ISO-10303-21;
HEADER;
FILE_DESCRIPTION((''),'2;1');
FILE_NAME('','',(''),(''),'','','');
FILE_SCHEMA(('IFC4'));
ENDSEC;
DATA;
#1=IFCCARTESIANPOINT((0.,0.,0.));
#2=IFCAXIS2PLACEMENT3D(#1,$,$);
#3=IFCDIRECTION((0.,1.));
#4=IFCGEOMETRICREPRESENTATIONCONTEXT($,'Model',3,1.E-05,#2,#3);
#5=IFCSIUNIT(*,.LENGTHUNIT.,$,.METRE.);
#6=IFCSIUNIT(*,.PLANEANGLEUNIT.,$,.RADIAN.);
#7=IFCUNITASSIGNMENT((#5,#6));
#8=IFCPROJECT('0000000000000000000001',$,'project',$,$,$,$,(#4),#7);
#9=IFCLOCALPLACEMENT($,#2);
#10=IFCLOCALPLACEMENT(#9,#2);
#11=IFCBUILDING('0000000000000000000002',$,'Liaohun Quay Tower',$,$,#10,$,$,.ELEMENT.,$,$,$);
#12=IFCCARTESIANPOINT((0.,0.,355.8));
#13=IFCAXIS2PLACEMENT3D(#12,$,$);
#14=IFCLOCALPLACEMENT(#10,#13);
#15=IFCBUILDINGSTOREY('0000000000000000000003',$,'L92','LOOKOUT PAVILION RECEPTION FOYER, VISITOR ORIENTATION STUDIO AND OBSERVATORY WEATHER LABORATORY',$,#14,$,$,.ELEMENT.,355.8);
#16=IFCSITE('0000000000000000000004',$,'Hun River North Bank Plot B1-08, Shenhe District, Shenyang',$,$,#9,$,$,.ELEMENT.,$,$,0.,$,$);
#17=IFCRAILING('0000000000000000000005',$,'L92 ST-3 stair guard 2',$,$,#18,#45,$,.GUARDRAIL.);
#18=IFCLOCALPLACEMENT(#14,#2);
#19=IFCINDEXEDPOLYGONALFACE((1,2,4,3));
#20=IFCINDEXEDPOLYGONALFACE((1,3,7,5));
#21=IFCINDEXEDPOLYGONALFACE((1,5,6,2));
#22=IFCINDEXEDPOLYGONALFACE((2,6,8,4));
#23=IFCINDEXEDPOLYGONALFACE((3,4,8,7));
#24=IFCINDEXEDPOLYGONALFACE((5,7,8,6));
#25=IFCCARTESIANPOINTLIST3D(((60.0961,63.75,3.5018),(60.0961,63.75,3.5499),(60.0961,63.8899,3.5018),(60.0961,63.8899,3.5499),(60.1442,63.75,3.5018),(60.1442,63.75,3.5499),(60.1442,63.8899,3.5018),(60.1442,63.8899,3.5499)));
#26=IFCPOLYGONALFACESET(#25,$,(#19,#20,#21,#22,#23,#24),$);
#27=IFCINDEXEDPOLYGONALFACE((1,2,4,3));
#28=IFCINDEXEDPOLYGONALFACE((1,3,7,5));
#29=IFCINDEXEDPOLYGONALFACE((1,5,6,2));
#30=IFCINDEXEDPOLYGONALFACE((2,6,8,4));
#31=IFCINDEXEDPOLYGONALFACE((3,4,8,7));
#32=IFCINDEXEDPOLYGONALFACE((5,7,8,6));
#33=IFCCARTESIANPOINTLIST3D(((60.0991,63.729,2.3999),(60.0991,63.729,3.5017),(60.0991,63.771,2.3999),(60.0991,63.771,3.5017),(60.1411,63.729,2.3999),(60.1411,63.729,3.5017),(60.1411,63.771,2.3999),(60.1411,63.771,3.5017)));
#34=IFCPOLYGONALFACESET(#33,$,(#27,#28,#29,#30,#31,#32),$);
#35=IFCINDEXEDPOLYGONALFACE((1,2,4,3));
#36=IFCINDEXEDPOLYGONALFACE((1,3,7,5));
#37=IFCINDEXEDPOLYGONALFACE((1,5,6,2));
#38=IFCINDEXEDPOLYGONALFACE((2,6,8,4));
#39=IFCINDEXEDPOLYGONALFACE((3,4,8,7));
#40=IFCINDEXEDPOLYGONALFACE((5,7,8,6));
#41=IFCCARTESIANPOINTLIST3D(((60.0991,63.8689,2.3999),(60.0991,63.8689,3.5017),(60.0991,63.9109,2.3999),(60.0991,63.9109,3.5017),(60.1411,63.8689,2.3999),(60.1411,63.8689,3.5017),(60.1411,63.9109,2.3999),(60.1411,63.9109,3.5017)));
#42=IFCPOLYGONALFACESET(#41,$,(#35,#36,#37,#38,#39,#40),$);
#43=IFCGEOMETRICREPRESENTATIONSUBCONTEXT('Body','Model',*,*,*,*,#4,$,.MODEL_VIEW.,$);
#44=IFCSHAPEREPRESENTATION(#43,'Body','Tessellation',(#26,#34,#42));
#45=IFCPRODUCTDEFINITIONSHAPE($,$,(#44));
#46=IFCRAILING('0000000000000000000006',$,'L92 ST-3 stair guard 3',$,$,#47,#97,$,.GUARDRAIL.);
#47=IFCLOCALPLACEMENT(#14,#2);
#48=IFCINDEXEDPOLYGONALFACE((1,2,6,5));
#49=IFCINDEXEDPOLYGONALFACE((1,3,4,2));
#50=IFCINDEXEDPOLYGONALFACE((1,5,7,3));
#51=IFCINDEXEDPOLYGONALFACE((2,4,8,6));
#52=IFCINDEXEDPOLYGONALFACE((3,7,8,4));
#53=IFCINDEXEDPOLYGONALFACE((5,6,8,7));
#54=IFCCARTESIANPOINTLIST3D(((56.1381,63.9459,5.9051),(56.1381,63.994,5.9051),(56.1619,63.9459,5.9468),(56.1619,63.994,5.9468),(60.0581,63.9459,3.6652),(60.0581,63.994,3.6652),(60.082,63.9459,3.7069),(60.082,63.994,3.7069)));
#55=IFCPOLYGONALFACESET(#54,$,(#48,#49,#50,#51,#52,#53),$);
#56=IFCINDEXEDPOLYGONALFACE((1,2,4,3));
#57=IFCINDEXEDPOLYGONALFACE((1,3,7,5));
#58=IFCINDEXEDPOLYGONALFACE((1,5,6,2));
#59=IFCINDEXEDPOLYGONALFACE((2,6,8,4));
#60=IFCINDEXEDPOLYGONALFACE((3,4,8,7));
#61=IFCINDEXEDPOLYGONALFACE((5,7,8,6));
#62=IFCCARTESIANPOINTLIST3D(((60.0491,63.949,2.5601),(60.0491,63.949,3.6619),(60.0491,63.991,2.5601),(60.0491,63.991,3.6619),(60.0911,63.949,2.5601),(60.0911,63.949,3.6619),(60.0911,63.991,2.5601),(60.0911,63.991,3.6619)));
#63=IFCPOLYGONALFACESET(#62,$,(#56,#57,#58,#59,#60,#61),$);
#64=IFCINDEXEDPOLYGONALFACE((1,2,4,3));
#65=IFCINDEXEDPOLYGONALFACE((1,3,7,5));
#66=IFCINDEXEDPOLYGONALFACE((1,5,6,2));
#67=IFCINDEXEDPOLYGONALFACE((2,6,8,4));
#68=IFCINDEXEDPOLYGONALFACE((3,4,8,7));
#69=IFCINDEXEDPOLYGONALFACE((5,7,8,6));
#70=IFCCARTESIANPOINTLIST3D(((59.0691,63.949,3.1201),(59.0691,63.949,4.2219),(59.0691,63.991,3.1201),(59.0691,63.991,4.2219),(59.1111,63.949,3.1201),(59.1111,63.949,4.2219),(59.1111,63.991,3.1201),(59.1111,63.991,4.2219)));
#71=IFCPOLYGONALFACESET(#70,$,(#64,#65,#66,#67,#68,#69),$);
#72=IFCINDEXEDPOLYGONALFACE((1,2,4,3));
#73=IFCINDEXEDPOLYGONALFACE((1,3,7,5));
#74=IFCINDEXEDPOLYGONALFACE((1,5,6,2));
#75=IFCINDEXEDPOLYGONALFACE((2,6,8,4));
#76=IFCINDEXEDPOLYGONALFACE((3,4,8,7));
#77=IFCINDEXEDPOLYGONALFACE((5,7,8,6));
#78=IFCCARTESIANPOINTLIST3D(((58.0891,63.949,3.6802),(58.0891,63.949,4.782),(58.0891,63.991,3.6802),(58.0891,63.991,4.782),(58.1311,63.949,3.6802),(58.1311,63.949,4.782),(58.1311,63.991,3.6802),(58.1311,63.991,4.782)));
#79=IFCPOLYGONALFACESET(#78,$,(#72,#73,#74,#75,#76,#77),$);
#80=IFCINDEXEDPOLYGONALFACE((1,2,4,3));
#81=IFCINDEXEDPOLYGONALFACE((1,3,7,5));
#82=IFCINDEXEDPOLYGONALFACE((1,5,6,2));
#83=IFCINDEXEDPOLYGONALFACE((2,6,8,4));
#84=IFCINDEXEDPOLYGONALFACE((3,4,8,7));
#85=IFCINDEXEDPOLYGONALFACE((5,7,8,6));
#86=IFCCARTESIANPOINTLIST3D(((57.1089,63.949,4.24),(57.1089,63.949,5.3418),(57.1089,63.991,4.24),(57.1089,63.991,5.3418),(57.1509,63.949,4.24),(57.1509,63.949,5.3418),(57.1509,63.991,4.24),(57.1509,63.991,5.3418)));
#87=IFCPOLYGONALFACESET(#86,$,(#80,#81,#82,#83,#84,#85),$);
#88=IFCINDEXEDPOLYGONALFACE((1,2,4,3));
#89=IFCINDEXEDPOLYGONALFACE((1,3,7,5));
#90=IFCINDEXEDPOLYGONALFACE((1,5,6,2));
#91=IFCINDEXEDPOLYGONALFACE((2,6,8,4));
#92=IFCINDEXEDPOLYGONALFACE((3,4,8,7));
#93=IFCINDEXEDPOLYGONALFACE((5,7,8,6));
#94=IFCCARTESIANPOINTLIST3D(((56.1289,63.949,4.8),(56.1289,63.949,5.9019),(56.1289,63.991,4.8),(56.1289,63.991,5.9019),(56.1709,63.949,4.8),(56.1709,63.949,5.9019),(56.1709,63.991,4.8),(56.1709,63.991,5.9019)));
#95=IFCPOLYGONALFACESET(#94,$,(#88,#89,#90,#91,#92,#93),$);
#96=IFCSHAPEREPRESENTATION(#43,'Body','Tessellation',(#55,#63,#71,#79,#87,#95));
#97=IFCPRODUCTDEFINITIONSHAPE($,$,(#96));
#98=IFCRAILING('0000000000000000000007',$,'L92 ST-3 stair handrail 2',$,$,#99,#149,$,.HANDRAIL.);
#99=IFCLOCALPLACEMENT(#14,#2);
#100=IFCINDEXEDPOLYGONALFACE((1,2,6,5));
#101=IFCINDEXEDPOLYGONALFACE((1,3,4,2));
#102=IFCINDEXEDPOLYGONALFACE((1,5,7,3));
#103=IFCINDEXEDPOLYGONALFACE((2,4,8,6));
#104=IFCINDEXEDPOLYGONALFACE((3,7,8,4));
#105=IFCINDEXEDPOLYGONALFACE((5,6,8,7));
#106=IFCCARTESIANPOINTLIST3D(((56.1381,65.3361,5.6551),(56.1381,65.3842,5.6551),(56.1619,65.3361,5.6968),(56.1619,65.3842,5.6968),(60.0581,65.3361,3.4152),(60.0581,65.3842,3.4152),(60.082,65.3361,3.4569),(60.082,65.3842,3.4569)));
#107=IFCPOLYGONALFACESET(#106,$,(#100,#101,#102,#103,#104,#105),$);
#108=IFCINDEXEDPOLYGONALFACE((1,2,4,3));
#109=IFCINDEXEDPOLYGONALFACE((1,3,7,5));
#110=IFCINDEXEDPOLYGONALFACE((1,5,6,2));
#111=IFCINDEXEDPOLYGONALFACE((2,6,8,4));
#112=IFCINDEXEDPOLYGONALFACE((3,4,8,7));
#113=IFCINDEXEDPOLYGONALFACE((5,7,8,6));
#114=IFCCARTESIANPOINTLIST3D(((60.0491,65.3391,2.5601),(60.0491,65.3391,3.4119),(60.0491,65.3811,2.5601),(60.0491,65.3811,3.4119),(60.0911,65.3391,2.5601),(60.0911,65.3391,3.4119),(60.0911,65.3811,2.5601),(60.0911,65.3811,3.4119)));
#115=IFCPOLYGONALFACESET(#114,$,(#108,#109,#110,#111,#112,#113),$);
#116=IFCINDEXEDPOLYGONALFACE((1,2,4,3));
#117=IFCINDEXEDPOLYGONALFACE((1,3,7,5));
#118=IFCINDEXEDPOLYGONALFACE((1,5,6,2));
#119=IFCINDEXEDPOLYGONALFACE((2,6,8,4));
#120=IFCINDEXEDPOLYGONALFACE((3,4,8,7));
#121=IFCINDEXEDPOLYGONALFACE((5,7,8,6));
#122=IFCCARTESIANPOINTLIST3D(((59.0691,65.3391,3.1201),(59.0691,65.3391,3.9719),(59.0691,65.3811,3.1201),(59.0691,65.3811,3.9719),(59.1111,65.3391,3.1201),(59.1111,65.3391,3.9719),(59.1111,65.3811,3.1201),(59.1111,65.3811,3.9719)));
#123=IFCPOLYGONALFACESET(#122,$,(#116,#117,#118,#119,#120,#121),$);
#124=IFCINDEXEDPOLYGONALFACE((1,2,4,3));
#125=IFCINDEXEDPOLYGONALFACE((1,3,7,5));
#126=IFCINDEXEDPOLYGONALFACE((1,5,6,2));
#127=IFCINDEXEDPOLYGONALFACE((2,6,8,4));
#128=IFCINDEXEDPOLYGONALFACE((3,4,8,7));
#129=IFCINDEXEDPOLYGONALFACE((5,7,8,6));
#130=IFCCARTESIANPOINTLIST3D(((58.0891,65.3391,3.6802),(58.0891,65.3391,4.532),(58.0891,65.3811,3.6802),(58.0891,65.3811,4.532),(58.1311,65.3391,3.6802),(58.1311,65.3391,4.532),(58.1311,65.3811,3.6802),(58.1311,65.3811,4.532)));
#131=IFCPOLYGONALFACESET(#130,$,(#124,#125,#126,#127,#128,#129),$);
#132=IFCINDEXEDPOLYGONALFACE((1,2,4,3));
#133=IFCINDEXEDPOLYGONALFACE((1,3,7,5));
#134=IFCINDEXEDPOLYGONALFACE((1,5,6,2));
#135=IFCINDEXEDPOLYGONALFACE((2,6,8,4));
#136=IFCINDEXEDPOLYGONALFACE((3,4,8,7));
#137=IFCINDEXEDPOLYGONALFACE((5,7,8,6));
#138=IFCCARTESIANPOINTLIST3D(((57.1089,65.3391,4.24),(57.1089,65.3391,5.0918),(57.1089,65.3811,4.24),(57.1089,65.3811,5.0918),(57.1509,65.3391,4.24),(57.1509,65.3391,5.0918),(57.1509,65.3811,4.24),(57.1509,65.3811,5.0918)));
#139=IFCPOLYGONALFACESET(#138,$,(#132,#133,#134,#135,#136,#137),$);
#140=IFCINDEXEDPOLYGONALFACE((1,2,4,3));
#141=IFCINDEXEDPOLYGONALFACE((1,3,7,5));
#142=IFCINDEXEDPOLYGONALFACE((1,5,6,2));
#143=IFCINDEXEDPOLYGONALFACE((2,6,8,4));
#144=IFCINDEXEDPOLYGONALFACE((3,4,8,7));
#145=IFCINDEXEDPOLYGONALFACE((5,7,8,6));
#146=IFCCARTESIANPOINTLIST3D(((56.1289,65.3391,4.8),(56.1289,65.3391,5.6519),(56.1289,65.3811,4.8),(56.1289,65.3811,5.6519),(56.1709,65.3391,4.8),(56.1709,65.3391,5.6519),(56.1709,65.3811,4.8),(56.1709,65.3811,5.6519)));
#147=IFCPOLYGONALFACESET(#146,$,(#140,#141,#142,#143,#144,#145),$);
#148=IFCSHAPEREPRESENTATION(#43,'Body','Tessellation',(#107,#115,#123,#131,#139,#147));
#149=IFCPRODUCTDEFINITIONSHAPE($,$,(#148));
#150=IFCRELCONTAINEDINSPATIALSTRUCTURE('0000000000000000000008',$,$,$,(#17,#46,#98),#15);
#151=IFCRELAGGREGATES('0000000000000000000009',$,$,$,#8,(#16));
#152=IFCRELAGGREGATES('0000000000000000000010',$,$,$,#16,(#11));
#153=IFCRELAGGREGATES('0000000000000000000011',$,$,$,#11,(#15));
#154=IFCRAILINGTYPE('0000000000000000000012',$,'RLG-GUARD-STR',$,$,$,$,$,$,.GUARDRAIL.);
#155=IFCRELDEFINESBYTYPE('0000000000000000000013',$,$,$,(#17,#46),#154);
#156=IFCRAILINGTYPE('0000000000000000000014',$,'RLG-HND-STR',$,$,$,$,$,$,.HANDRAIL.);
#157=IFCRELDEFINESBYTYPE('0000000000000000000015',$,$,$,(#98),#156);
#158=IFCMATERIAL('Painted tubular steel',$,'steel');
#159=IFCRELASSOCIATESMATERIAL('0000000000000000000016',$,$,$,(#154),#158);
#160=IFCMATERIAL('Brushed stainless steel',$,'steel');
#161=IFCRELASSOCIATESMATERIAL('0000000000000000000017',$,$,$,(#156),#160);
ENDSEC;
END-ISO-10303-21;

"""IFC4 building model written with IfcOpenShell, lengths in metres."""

from ifc_helpers import new_model, si_unit, direction, frame, origin, origin_2d, place, context, subcontext, project, spatial, rectangle, extrude, material, type_object, element, save


model = new_model("IFC4")

# Units and contexts
model_context = context("Model", 3, precision=1e-05, world=origin(), true_north=direction((0.0, 1.0)))
body_context = subcontext(model_context, "Body", "Model", "MODEL_VIEW")
ifc_project = project(units=[si_unit("LENGTHUNIT", "METRE"), si_unit("PLANEANGLEUNIT", "RADIAN")], contexts=[model_context])

# Site, building, storey
site_placement = place(None, origin())
site = spatial("IfcSite", under=ifc_project, at=site_placement, Name="Hun River North Bank Plot B1-08, Shenhe District, Shenyang", CompositionType="ELEMENT", RefElevation=0.0)
building_placement = place(site_placement, origin())
building = spatial("IfcBuilding", under=site, at=building_placement, Name="Liaohun Quay Tower", CompositionType="ELEMENT")
storey_placement = place(building_placement, frame((0.0, 0.0, 355.8)))
storey = spatial("IfcBuildingStorey", under=building, at=storey_placement, Name="L92", Description="LOOKOUT PAVILION RECEPTION FOYER, VISITOR ORIENTATION STUDIO AND OBSERVATORY WEATHER LABORATORY", CompositionType="ELEMENT", Elevation=355.8)

# Railings
ifc_material_1 = material(Name="Painted tubular steel", Category="steel")
railing_type_1 = type_object("IfcRailingType", Name="RLG-GUARD-STR", PredefinedType="GUARDRAIL", material=ifc_material_1)
railing_1_placement = place(storey_placement, frame((60.1201, 63.75, 2.3999)))
element("IfcRailing", 1, at=railing_1_placement, inside=storey, type_object=railing_type_1, Name="L92 ST-3 stair guard 2", PredefinedType="GUARDRAIL", context=body_context, shape_type="SweptSolid", body=[
    extrude(rectangle(XDim=0.0481, YDim=0.0481, at=origin_2d()), frame((0.0, 0.0, 1.126), z_axis=(0.0, 1.0, 0.0), x_axis=(-1.0, 0.0, 0.0)), (0.0, 0.0, 1.0), 0.1399),
    extrude(rectangle(XDim=0.042, YDim=0.042, at=origin_2d()), origin(), (0.0, 0.0, 1.0), 1.1018),
    extrude(rectangle(XDim=0.042, YDim=0.042, at=origin_2d()), frame((0.0, 0.1399, 0.0)), (0.0, 0.0, 1.0), 1.1018),
])
railing_2_placement = place(storey_placement, frame((60.0701, 63.97, 2.5601)))
element("IfcRailing", 2, at=railing_2_placement, inside=storey, type_object=railing_type_1, Name="L92 ST-3 stair guard 3", PredefinedType="GUARDRAIL", context=body_context, shape_type="SweptSolid", body=[
    extrude(rectangle(XDim=0.0481, YDim=0.0481, at=origin_2d()), frame((0.0, 0.0, 1.126), z_axis=(-0.868253, 0.0, 0.496121), x_axis=(0.0, -1.0, 0.0)), (0.0, 0.0, 1.0), 4.5149),
    extrude(rectangle(XDim=0.042, YDim=0.042, at=origin_2d()), origin(), (0.0, 0.0, 1.0), 1.1018),
    extrude(rectangle(XDim=0.042, YDim=0.042, at=origin_2d()), frame((-0.98, 0.0, 0.5601)), (0.0, 0.0, 1.0), 1.1018),
    extrude(rectangle(XDim=0.042, YDim=0.042, at=origin_2d()), frame((-1.96, 0.0, 1.1201)), (0.0, 0.0, 1.0), 1.1018),
    extrude(rectangle(XDim=0.042, YDim=0.042, at=origin_2d()), frame((-2.9402, 0.0, 1.6799)), (0.0, 0.0, 1.0), 1.1018),
    extrude(rectangle(XDim=0.042, YDim=0.042, at=origin_2d()), frame((-3.9202, 0.0, 2.24)), (0.0, 0.0, 1.0), 1.1018),
])
ifc_material_2 = material(Name="Brushed stainless steel", Category="steel")
railing_type_2 = type_object("IfcRailingType", Name="RLG-HND-STR", PredefinedType="HANDRAIL", material=ifc_material_2)
railing_3_placement = place(storey_placement, frame((60.0701, 65.3601, 2.5601)))
element("IfcRailing", 3, at=railing_3_placement, inside=storey, type_object=railing_type_2, Name="L92 ST-3 stair handrail 2", PredefinedType="HANDRAIL", context=body_context, shape_type="SweptSolid", body=[
    extrude(rectangle(XDim=0.0481, YDim=0.0481, at=origin_2d()), frame((0.0, 0.0, 0.876), z_axis=(-0.868253, 0.0, 0.496121), x_axis=(0.0, -1.0, 0.0)), (0.0, 0.0, 1.0), 4.5149),
    extrude(rectangle(XDim=0.042, YDim=0.042, at=origin_2d()), origin(), (0.0, 0.0, 1.0), 0.8518),
    extrude(rectangle(XDim=0.042, YDim=0.042, at=origin_2d()), frame((-0.98, 0.0, 0.5601)), (0.0, 0.0, 1.0), 0.8518),
    extrude(rectangle(XDim=0.042, YDim=0.042, at=origin_2d()), frame((-1.96, 0.0, 1.1201)), (0.0, 0.0, 1.0), 0.8518),
    extrude(rectangle(XDim=0.042, YDim=0.042, at=origin_2d()), frame((-2.9402, 0.0, 1.6799)), (0.0, 0.0, 1.0), 0.8518),
    extrude(rectangle(XDim=0.042, YDim=0.042, at=origin_2d()), frame((-3.9202, 0.0, 2.24)), (0.0, 0.0, 1.0), 0.8518),
])

save(model, "model.ifc")
